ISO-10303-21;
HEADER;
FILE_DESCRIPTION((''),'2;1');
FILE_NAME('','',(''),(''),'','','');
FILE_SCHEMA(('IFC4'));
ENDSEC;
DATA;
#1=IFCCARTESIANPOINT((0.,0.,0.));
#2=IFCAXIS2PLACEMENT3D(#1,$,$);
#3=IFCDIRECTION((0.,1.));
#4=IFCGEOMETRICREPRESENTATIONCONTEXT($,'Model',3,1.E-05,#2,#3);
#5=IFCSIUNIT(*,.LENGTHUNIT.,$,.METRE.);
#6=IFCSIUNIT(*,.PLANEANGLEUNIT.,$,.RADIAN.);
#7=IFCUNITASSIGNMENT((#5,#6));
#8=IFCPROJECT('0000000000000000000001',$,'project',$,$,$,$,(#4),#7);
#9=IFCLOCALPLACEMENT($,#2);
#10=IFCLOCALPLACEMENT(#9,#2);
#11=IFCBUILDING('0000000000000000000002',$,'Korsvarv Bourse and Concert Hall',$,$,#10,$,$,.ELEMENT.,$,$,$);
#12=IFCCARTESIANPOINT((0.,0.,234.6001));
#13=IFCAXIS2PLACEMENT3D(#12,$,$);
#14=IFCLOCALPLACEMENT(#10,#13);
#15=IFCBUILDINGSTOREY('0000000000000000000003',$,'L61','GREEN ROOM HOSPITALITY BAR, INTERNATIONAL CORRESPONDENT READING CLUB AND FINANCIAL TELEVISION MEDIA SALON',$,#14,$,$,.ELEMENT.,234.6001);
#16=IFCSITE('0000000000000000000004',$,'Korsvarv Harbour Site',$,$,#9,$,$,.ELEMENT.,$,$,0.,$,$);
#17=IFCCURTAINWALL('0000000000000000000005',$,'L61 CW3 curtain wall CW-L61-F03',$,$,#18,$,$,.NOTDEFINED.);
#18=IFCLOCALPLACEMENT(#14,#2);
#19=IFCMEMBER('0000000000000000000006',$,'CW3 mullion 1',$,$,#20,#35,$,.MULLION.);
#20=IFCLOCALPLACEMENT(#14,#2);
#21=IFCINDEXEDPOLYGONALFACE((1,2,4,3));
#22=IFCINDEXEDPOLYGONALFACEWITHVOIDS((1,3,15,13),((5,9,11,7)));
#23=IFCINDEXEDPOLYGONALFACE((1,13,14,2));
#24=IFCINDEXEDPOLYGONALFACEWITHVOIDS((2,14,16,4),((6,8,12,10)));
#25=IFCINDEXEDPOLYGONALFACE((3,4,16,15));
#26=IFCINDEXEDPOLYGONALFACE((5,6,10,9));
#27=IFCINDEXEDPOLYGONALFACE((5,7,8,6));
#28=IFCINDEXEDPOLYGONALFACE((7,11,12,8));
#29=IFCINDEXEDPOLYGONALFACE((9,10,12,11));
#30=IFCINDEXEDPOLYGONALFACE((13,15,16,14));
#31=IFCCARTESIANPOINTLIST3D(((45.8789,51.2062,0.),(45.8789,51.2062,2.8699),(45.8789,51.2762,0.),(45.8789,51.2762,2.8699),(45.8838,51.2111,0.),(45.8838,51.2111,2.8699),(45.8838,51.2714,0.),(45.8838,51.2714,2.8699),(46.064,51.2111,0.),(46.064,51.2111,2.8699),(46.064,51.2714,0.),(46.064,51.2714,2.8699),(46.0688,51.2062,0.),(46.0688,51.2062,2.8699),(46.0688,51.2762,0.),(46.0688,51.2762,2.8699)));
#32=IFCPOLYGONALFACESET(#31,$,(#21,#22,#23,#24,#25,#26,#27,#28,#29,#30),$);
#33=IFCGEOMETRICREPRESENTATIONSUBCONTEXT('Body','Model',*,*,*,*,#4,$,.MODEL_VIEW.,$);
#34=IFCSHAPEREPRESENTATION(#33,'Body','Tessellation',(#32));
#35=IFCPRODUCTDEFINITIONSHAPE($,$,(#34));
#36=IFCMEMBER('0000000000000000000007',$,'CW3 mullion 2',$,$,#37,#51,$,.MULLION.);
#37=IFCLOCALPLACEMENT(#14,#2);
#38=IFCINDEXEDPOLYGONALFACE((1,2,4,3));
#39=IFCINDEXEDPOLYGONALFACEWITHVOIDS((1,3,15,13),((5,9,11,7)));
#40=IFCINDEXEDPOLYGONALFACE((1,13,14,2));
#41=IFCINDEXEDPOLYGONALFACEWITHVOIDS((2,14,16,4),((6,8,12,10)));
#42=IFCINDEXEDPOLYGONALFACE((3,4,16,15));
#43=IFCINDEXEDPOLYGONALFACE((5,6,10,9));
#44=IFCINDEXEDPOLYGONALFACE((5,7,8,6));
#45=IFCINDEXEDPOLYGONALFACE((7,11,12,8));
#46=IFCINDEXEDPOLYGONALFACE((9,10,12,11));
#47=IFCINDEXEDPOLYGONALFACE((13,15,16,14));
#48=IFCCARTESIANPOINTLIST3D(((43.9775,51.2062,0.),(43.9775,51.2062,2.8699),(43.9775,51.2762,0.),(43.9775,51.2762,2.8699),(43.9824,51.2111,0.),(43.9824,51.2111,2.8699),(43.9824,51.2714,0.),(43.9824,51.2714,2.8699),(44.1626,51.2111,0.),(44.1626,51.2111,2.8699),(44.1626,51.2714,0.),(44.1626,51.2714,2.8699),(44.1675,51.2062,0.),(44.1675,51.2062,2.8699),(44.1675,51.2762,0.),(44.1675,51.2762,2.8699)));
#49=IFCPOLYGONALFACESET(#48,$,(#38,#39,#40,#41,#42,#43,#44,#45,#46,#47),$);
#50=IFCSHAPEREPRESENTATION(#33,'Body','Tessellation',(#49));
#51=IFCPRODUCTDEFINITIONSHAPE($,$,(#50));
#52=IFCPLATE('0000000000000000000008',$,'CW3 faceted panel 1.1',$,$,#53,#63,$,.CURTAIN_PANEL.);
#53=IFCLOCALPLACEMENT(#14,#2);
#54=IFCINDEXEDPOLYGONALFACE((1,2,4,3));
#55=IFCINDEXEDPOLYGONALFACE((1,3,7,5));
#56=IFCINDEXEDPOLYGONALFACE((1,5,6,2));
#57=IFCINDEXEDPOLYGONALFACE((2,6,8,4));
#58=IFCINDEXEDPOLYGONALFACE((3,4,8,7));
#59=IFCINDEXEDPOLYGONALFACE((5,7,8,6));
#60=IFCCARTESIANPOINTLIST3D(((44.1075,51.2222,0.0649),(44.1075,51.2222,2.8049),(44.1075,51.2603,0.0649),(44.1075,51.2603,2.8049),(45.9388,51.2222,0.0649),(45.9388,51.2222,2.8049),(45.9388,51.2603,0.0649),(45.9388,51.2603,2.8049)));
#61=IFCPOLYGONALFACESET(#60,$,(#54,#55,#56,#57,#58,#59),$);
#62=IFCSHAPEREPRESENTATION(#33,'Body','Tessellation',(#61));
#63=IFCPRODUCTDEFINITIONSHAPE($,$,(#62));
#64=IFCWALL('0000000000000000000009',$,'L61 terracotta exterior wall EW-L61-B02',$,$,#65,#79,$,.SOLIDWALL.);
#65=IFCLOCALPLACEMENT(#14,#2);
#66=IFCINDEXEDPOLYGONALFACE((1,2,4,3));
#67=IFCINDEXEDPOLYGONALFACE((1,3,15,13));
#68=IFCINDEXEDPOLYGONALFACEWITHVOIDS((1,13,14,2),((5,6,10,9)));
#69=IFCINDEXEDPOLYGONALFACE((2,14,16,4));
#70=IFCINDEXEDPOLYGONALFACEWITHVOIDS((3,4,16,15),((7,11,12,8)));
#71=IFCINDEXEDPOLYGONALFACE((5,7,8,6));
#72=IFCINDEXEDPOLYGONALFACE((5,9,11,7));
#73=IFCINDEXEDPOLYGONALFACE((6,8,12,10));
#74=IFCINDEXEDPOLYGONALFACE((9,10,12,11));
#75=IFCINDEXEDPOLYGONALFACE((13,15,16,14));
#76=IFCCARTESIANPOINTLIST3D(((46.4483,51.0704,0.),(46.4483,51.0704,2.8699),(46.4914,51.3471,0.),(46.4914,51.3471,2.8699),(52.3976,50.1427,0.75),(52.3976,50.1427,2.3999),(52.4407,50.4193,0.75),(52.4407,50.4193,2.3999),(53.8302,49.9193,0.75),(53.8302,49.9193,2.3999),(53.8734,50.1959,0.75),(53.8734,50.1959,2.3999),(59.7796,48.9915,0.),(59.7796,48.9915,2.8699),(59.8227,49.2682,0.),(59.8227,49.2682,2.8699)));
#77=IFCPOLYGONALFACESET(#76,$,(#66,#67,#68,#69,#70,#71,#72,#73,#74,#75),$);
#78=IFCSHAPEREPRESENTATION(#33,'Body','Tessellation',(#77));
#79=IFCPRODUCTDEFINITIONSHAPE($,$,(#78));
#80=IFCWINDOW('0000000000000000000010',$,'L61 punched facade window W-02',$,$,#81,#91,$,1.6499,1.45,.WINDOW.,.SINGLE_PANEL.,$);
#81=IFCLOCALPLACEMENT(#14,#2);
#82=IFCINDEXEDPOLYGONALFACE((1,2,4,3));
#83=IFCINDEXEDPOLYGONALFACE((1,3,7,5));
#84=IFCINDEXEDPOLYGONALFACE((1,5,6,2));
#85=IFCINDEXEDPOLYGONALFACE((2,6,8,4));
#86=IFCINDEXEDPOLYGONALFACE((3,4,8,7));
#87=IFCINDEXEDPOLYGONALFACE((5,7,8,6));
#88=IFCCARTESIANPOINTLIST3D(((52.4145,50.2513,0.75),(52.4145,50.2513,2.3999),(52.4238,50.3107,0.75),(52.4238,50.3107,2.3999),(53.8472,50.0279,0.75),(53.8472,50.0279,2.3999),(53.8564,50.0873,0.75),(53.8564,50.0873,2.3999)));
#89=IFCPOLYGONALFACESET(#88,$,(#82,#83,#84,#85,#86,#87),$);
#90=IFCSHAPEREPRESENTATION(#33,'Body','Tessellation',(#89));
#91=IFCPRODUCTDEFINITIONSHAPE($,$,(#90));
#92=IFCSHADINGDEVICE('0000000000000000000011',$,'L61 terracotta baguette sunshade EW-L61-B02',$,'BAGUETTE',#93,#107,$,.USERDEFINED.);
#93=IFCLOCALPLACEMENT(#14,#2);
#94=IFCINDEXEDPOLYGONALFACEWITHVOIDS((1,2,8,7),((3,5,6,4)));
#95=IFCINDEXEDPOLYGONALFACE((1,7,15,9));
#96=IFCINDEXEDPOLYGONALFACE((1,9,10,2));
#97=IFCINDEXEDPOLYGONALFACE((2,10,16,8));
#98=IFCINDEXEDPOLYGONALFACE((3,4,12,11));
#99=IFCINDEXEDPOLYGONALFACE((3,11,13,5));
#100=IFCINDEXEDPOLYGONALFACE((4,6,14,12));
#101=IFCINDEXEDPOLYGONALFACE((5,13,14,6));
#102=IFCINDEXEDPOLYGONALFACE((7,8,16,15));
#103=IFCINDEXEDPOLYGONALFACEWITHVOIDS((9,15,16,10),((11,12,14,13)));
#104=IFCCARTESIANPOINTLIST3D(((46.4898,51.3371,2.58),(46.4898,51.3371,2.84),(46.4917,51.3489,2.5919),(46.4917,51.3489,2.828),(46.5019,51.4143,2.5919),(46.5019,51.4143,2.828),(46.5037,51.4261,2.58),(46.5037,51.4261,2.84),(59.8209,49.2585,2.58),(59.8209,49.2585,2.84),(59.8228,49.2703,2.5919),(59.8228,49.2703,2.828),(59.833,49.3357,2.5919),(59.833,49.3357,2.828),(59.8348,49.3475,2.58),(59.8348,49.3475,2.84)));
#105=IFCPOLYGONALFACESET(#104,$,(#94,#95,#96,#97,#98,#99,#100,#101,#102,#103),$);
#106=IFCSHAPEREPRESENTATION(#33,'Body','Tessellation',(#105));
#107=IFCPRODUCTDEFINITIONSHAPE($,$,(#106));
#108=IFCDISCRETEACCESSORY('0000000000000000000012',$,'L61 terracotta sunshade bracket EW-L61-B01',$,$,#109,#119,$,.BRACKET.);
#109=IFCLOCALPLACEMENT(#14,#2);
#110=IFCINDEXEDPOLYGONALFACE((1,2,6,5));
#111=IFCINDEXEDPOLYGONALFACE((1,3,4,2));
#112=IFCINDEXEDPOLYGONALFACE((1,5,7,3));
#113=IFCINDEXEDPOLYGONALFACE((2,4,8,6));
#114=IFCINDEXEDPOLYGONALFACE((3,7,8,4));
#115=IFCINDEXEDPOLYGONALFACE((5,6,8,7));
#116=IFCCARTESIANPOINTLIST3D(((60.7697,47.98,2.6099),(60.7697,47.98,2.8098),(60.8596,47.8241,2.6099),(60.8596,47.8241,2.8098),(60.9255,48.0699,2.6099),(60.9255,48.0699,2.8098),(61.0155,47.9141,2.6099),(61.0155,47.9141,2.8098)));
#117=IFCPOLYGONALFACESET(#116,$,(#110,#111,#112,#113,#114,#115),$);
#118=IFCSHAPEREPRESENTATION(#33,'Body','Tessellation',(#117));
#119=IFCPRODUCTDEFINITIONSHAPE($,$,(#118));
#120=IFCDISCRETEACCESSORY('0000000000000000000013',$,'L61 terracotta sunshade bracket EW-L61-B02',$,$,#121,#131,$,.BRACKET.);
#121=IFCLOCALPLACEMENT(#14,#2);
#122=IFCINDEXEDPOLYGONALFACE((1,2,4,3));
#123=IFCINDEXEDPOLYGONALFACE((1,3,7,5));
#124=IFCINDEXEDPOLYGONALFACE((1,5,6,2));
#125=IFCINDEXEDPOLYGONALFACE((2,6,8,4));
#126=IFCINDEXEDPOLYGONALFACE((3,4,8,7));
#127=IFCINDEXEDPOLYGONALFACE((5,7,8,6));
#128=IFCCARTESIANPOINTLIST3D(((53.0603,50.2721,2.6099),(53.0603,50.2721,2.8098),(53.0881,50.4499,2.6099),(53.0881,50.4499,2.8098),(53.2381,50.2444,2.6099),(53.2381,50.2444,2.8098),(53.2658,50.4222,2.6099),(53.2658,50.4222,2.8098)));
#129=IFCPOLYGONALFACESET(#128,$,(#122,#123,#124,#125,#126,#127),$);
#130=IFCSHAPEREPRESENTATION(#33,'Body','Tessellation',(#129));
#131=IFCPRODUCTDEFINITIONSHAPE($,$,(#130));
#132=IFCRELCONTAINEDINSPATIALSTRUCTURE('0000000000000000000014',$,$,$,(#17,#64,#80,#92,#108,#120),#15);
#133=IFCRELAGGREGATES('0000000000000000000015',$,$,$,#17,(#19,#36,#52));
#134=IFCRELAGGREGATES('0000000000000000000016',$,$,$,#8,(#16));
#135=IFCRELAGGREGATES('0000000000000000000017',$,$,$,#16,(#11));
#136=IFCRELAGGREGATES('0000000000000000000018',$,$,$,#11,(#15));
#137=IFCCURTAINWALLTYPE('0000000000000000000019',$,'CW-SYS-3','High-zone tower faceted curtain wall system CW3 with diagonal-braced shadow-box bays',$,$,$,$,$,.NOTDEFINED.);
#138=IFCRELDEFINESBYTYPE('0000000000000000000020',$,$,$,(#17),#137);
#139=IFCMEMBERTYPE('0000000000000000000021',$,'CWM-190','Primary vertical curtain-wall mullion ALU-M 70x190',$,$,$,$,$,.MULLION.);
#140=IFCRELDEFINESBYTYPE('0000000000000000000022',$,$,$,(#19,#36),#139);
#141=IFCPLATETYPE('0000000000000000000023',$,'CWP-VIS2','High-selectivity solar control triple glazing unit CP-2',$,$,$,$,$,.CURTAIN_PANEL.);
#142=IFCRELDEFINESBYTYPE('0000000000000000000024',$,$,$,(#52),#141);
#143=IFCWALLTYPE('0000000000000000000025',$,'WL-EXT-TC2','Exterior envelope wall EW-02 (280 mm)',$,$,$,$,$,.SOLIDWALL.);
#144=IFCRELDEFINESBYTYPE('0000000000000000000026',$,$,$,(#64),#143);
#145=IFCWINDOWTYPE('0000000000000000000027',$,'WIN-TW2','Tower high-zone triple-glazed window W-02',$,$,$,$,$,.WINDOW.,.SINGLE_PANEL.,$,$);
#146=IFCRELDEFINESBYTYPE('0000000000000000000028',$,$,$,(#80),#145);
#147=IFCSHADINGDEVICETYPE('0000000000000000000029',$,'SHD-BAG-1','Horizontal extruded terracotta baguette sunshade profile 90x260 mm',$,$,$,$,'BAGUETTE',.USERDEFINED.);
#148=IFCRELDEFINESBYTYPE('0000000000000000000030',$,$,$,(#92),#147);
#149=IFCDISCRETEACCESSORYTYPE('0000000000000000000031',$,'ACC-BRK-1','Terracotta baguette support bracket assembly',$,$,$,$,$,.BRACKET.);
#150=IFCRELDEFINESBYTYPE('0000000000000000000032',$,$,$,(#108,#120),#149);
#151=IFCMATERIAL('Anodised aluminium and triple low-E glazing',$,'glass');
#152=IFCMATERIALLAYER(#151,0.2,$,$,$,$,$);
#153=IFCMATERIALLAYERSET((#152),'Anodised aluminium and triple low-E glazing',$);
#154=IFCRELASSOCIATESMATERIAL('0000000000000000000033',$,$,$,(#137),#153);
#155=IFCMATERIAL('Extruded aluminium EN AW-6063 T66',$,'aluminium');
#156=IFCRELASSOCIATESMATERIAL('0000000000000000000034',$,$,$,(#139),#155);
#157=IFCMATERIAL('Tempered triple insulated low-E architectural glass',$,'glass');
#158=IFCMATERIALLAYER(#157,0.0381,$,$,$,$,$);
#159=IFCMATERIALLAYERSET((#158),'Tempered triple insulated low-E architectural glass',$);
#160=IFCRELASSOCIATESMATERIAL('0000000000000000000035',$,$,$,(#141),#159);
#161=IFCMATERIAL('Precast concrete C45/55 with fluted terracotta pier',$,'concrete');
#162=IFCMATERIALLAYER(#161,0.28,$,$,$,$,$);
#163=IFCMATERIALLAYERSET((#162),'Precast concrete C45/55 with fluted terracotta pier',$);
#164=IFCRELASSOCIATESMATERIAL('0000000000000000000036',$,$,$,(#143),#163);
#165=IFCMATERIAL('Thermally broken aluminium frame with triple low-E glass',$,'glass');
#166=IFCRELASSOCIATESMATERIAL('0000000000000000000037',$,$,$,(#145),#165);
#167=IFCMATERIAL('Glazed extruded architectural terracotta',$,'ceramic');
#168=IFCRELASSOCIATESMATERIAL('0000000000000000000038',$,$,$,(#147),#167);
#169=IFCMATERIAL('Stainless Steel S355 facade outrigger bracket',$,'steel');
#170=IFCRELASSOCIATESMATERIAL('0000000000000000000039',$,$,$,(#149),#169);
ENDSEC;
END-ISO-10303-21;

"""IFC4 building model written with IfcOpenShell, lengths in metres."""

from ifc_helpers import new_model, si_unit, direction, frame, frame_2d, origin, origin_2d, place, context, subcontext, project, spatial, rectangle, hollow_rectangle, extrude, source, transform, mapped, material, layer, layer_set, material_profile, profile_set, type_object, element, fill, aggregate, save


model = new_model("IFC4")

# Units and contexts
model_context = context("Model", 3, precision=1e-05, world=origin(), true_north=direction((0.0, 1.0)))
body_context = subcontext(model_context, "Body", "Model", "MODEL_VIEW")
ifc_project = project(units=[si_unit("LENGTHUNIT", "METRE"), si_unit("PLANEANGLEUNIT", "RADIAN")], contexts=[model_context])

# Site, building, storey
site_placement = place(None, origin())
site = spatial("IfcSite", under=ifc_project, at=site_placement, Name="Korsvarv Harbour Site", CompositionType="ELEMENT", RefElevation=0.0)
building_placement = place(site_placement, origin())
building = spatial("IfcBuilding", under=site, at=building_placement, Name="Korsvarv Bourse and Concert Hall", CompositionType="ELEMENT")
storey_placement = place(building_placement, frame((0.0, 0.0, 234.6001)))
storey = spatial("IfcBuildingStorey", under=building, at=storey_placement, Name="L61", Description="GREEN ROOM HOSPITALITY BAR, INTERNATIONAL CORRESPONDENT READING CLUB AND FINANCIAL TELEVISION MEDIA SALON", CompositionType="ELEMENT", Elevation=234.6001)

# Curtain wall, members, plate
ifc_material_1 = material(Name="Anodised aluminium and triple low-E glazing", Category="glass")
ifc_layer_1 = layer(ifc_material_1, 0.2)
ifc_layer_set_1 = layer_set([ifc_layer_1], Name="Anodised aluminium and triple low-E glazing")
curtain_wall_type = type_object("IfcCurtainWallType", Name="CW-SYS-3", Description="High-zone tower faceted curtain wall system CW3 with diagonal-braced shadow-box bays", PredefinedType="NOTDEFINED", material=ifc_layer_set_1)
curtain_wall_placement = place(storey_placement, origin())
curtain_wall = element("IfcCurtainWall", 1, at=curtain_wall_placement, inside=storey, type_object=curtain_wall_type, Name="L61 CW3 curtain wall CW-L61-F03", PredefinedType="NOTDEFINED")
ifc_material_2 = material(Name="Extruded aluminium EN AW-6063 T66", Category="aluminium")
ifc_material_profile_1 = material_profile(ifc_material_2, hollow_rectangle(XDim=0.0701, YDim=0.1899, WallThickness=0.0049, at=origin_2d()), Name="ALU-M 70x190")
ifc_profile_set_1 = profile_set([ifc_material_profile_1], Name="Extruded aluminium EN AW-6063 T66")
member_type_1 = type_object("IfcMemberType", Name="CWM-190", Description="Primary vertical curtain-wall mullion ALU-M 70x190", PredefinedType="MULLION", material=ifc_profile_set_1)
shared_shape_1 = source(origin(), body_context, "Body", "SweptSolid", [
    extrude(hollow_rectangle(XDim=0.0701, YDim=0.1899, WallThickness=0.0049, at=origin_2d()), origin(), (0.0, 0.0, 1.0), 2.8699),
])
member_1_placement = place(storey_placement, frame((45.9739, 51.2412, 0.0), z_axis=(0.0, 0.0, 1.0), x_axis=(0.0, -1.0, 0.0)))
member_1 = element("IfcMember", 2, at=member_1_placement, type_object=member_type_1, Name="CW3 mullion 1", PredefinedType="MULLION", context=body_context, shape_type="MappedRepresentation", body=[
    mapped(shared_shape_1, transform((0.0, 0.0, 0.0), scale=1.0)),
])
member_2_placement = place(storey_placement, frame((44.0725, 51.2412, 0.0), z_axis=(0.0, 0.0, 1.0), x_axis=(0.0, -1.0, 0.0)))
member_2 = element("IfcMember", 3, at=member_2_placement, type_object=member_type_1, Name="CW3 mullion 2", PredefinedType="MULLION", context=body_context, shape_type="MappedRepresentation", body=[
    mapped(shared_shape_1, transform((0.0, 0.0, 0.0), scale=1.0)),
])
ifc_material_3 = material(Name="Tempered triple insulated low-E architectural glass", Category="glass")
ifc_layer_2 = layer(ifc_material_3, 0.0381)
ifc_layer_set_2 = layer_set([ifc_layer_2], Name="Tempered triple insulated low-E architectural glass")
plate_type = type_object("IfcPlateType", Name="CWP-VIS2", Description="High-selectivity solar control triple glazing unit CP-2", PredefinedType="CURTAIN_PANEL", material=ifc_layer_set_2)
shared_shape_2 = source(origin(), body_context, "Body", "SweptSolid", [
    extrude(rectangle(XDim=1.8313, YDim=0.0381, at=origin_2d()), origin(), (0.0, 0.0, 1.0), 2.74),
])
plate_placement = place(storey_placement, frame((45.0232, 51.2412, 0.0649), z_axis=(0.0, 0.0, 1.0), x_axis=(-1.0, 0.0, 0.0)))
plate = element("IfcPlate", 4, at=plate_placement, type_object=plate_type, Name="CW3 faceted panel 1.1", PredefinedType="CURTAIN_PANEL", context=body_context, shape_type="MappedRepresentation", body=[
    mapped(shared_shape_2, transform((0.0, 0.0, 0.0), scale=1.0)),
])
aggregate(curtain_wall, [member_1, member_2, plate])

# Wall, opening, window
ifc_material_4 = material(Name="Precast concrete C45/55 with fluted terracotta pier", Category="concrete")
ifc_layer_3 = layer(ifc_material_4, 0.28)
ifc_layer_set_3 = layer_set([ifc_layer_3], Name="Precast concrete C45/55 with fluted terracotta pier")
wall_type = type_object("IfcWallType", Name="WL-EXT-TC2", Description="Exterior envelope wall EW-02 (280 mm)", PredefinedType="SOLIDWALL", material=ifc_layer_set_3)
wall_placement = place(storey_placement, frame((59.801, 49.1299, 0.0), z_axis=(0.0, 0.0, 1.0), x_axis=(-0.988059, 0.154076, 0.0)))
wall = element("IfcWall", 5, at=wall_placement, inside=storey, type_object=wall_type, Name="L61 terracotta exterior wall EW-L61-B02", PredefinedType="SOLIDWALL", context=body_context, shape_type="SweptSolid", body=[
    extrude(rectangle(XDim=13.4924, YDim=0.28, at=frame_2d((6.7461, 0.0))), origin(), (0.0, 0.0, 1.0), 2.8699),
])
opening_placement = place(wall_placement, frame((6.021, 0.0, 0.75)))
opening = element("IfcOpeningElement", 6, at=opening_placement, cuts=wall, PredefinedType="OPENING", context=body_context, shape_type="SweptSolid", body=[
    extrude(rectangle(XDim=1.45, YDim=1.6499, at=frame_2d((0.7251, 0.825))), frame((0.0, 0.1499, 0.0), z_axis=(0.0, -1.0, 0.0), x_axis=(1.0, 0.0, 0.0)), (0.0, 0.0, 1.0), 0.3),
])
ifc_material_5 = material(Name="Thermally broken aluminium frame with triple low-E glass", Category="glass")
window_type = type_object("IfcWindowType", Name="WIN-TW2", Description="Tower high-zone triple-glazed window W-02", PartitioningType="SINGLE_PANEL", PredefinedType="WINDOW", material=ifc_material_5)
window_placement = place(opening_placement, origin())
window = element("IfcWindow", 7, at=window_placement, inside=storey, type_object=window_type, Name="L61 punched facade window W-02", OverallHeight=1.6499, OverallWidth=1.45, PartitioningType="SINGLE_PANEL", PredefinedType="WINDOW", context=body_context, shape_type="SweptSolid", body=[
    extrude(rectangle(XDim=1.45, YDim=1.6499, at=frame_2d((0.7251, 0.825))), frame((0.0, 0.03, 0.0), z_axis=(0.0, -1.0, 0.0), x_axis=(1.0, 0.0, 0.0)), (0.0, 0.0, 1.0), 0.0601),
])
fill(opening, window)

# Shading device
ifc_material_6 = material(Name="Glazed extruded architectural terracotta", Category="ceramic")
ifc_material_profile_2 = material_profile(ifc_material_6, hollow_rectangle(XDim=0.0901, YDim=0.26, WallThickness=0.012, at=origin_2d()), Name="TC-BAG 90x260")
ifc_profile_set_2 = profile_set([ifc_material_profile_2], Name="Glazed extruded architectural terracotta")
shading_device_type = type_object("IfcShadingDeviceType", Name="SHD-BAG-1", Description="Horizontal extruded terracotta baguette sunshade profile 90x260 mm", ElementType="BAGUETTE", PredefinedType="USERDEFINED", material=ifc_profile_set_2)
shared_shape_3 = source(origin(), body_context, "Body", "SweptSolid", [
    extrude(hollow_rectangle(XDim=0.0901, YDim=0.26, WallThickness=0.012, at=origin_2d()), origin(), (0.0, 0.0, 1.0), 13.4922),
])
shading_device_placement = place(storey_placement, frame((59.8279, 49.303, 2.71), z_axis=(-0.988061, 0.154061, 0.0), x_axis=(-0.154061, -0.988061, 0.0)))
element("IfcShadingDevice", 8, at=shading_device_placement, inside=storey, type_object=shading_device_type, Name="L61 terracotta baguette sunshade EW-L61-B02", ObjectType="BAGUETTE", PredefinedType="USERDEFINED", context=body_context, shape_type="MappedRepresentation", body=[
    mapped(shared_shape_3, transform((0.0, 0.0, 0.0), scale=1.0)),
])

# Discrete accessories
ifc_material_7 = material(Name="Stainless Steel S355 facade outrigger bracket", Category="steel")
discrete_accessory_type = type_object("IfcDiscreteAccessoryType", Name="ACC-BRK-1", Description="Terracotta baguette support bracket assembly", PredefinedType="BRACKET", material=ifc_material_7)
shared_shape_4 = source(origin(), body_context, "Body", "SweptSolid", [
    extrude(rectangle(XDim=0.1799, YDim=0.1799, at=origin_2d()), origin(), (0.0, 0.0, 1.0), 0.2),
])
for number, where, z_axis, x_axis, name in (
    (9, (60.8926, 47.947, 2.6099), (0.0, 0.0, 1.0), (-0.5, 0.866025, 0.0), "L61 terracotta sunshade bracket EW-L61-B01"),
    (10, (53.1631, 50.3472, 2.6099), (0.0, 0.0, 1.0), (-0.988068, 0.154021, 0.0), "L61 terracotta sunshade bracket EW-L61-B02"),
):
    element("IfcDiscreteAccessory", number, at=place(storey_placement, frame(where, z_axis=z_axis, x_axis=x_axis)), inside=storey, type_object=discrete_accessory_type, Name=name, PredefinedType="BRACKET", context=body_context, shape_type="MappedRepresentation", body=[
        mapped(shared_shape_4, transform((0.0, 0.0, 0.0), scale=1.0)),
    ])

save(model, "model.ifc")
